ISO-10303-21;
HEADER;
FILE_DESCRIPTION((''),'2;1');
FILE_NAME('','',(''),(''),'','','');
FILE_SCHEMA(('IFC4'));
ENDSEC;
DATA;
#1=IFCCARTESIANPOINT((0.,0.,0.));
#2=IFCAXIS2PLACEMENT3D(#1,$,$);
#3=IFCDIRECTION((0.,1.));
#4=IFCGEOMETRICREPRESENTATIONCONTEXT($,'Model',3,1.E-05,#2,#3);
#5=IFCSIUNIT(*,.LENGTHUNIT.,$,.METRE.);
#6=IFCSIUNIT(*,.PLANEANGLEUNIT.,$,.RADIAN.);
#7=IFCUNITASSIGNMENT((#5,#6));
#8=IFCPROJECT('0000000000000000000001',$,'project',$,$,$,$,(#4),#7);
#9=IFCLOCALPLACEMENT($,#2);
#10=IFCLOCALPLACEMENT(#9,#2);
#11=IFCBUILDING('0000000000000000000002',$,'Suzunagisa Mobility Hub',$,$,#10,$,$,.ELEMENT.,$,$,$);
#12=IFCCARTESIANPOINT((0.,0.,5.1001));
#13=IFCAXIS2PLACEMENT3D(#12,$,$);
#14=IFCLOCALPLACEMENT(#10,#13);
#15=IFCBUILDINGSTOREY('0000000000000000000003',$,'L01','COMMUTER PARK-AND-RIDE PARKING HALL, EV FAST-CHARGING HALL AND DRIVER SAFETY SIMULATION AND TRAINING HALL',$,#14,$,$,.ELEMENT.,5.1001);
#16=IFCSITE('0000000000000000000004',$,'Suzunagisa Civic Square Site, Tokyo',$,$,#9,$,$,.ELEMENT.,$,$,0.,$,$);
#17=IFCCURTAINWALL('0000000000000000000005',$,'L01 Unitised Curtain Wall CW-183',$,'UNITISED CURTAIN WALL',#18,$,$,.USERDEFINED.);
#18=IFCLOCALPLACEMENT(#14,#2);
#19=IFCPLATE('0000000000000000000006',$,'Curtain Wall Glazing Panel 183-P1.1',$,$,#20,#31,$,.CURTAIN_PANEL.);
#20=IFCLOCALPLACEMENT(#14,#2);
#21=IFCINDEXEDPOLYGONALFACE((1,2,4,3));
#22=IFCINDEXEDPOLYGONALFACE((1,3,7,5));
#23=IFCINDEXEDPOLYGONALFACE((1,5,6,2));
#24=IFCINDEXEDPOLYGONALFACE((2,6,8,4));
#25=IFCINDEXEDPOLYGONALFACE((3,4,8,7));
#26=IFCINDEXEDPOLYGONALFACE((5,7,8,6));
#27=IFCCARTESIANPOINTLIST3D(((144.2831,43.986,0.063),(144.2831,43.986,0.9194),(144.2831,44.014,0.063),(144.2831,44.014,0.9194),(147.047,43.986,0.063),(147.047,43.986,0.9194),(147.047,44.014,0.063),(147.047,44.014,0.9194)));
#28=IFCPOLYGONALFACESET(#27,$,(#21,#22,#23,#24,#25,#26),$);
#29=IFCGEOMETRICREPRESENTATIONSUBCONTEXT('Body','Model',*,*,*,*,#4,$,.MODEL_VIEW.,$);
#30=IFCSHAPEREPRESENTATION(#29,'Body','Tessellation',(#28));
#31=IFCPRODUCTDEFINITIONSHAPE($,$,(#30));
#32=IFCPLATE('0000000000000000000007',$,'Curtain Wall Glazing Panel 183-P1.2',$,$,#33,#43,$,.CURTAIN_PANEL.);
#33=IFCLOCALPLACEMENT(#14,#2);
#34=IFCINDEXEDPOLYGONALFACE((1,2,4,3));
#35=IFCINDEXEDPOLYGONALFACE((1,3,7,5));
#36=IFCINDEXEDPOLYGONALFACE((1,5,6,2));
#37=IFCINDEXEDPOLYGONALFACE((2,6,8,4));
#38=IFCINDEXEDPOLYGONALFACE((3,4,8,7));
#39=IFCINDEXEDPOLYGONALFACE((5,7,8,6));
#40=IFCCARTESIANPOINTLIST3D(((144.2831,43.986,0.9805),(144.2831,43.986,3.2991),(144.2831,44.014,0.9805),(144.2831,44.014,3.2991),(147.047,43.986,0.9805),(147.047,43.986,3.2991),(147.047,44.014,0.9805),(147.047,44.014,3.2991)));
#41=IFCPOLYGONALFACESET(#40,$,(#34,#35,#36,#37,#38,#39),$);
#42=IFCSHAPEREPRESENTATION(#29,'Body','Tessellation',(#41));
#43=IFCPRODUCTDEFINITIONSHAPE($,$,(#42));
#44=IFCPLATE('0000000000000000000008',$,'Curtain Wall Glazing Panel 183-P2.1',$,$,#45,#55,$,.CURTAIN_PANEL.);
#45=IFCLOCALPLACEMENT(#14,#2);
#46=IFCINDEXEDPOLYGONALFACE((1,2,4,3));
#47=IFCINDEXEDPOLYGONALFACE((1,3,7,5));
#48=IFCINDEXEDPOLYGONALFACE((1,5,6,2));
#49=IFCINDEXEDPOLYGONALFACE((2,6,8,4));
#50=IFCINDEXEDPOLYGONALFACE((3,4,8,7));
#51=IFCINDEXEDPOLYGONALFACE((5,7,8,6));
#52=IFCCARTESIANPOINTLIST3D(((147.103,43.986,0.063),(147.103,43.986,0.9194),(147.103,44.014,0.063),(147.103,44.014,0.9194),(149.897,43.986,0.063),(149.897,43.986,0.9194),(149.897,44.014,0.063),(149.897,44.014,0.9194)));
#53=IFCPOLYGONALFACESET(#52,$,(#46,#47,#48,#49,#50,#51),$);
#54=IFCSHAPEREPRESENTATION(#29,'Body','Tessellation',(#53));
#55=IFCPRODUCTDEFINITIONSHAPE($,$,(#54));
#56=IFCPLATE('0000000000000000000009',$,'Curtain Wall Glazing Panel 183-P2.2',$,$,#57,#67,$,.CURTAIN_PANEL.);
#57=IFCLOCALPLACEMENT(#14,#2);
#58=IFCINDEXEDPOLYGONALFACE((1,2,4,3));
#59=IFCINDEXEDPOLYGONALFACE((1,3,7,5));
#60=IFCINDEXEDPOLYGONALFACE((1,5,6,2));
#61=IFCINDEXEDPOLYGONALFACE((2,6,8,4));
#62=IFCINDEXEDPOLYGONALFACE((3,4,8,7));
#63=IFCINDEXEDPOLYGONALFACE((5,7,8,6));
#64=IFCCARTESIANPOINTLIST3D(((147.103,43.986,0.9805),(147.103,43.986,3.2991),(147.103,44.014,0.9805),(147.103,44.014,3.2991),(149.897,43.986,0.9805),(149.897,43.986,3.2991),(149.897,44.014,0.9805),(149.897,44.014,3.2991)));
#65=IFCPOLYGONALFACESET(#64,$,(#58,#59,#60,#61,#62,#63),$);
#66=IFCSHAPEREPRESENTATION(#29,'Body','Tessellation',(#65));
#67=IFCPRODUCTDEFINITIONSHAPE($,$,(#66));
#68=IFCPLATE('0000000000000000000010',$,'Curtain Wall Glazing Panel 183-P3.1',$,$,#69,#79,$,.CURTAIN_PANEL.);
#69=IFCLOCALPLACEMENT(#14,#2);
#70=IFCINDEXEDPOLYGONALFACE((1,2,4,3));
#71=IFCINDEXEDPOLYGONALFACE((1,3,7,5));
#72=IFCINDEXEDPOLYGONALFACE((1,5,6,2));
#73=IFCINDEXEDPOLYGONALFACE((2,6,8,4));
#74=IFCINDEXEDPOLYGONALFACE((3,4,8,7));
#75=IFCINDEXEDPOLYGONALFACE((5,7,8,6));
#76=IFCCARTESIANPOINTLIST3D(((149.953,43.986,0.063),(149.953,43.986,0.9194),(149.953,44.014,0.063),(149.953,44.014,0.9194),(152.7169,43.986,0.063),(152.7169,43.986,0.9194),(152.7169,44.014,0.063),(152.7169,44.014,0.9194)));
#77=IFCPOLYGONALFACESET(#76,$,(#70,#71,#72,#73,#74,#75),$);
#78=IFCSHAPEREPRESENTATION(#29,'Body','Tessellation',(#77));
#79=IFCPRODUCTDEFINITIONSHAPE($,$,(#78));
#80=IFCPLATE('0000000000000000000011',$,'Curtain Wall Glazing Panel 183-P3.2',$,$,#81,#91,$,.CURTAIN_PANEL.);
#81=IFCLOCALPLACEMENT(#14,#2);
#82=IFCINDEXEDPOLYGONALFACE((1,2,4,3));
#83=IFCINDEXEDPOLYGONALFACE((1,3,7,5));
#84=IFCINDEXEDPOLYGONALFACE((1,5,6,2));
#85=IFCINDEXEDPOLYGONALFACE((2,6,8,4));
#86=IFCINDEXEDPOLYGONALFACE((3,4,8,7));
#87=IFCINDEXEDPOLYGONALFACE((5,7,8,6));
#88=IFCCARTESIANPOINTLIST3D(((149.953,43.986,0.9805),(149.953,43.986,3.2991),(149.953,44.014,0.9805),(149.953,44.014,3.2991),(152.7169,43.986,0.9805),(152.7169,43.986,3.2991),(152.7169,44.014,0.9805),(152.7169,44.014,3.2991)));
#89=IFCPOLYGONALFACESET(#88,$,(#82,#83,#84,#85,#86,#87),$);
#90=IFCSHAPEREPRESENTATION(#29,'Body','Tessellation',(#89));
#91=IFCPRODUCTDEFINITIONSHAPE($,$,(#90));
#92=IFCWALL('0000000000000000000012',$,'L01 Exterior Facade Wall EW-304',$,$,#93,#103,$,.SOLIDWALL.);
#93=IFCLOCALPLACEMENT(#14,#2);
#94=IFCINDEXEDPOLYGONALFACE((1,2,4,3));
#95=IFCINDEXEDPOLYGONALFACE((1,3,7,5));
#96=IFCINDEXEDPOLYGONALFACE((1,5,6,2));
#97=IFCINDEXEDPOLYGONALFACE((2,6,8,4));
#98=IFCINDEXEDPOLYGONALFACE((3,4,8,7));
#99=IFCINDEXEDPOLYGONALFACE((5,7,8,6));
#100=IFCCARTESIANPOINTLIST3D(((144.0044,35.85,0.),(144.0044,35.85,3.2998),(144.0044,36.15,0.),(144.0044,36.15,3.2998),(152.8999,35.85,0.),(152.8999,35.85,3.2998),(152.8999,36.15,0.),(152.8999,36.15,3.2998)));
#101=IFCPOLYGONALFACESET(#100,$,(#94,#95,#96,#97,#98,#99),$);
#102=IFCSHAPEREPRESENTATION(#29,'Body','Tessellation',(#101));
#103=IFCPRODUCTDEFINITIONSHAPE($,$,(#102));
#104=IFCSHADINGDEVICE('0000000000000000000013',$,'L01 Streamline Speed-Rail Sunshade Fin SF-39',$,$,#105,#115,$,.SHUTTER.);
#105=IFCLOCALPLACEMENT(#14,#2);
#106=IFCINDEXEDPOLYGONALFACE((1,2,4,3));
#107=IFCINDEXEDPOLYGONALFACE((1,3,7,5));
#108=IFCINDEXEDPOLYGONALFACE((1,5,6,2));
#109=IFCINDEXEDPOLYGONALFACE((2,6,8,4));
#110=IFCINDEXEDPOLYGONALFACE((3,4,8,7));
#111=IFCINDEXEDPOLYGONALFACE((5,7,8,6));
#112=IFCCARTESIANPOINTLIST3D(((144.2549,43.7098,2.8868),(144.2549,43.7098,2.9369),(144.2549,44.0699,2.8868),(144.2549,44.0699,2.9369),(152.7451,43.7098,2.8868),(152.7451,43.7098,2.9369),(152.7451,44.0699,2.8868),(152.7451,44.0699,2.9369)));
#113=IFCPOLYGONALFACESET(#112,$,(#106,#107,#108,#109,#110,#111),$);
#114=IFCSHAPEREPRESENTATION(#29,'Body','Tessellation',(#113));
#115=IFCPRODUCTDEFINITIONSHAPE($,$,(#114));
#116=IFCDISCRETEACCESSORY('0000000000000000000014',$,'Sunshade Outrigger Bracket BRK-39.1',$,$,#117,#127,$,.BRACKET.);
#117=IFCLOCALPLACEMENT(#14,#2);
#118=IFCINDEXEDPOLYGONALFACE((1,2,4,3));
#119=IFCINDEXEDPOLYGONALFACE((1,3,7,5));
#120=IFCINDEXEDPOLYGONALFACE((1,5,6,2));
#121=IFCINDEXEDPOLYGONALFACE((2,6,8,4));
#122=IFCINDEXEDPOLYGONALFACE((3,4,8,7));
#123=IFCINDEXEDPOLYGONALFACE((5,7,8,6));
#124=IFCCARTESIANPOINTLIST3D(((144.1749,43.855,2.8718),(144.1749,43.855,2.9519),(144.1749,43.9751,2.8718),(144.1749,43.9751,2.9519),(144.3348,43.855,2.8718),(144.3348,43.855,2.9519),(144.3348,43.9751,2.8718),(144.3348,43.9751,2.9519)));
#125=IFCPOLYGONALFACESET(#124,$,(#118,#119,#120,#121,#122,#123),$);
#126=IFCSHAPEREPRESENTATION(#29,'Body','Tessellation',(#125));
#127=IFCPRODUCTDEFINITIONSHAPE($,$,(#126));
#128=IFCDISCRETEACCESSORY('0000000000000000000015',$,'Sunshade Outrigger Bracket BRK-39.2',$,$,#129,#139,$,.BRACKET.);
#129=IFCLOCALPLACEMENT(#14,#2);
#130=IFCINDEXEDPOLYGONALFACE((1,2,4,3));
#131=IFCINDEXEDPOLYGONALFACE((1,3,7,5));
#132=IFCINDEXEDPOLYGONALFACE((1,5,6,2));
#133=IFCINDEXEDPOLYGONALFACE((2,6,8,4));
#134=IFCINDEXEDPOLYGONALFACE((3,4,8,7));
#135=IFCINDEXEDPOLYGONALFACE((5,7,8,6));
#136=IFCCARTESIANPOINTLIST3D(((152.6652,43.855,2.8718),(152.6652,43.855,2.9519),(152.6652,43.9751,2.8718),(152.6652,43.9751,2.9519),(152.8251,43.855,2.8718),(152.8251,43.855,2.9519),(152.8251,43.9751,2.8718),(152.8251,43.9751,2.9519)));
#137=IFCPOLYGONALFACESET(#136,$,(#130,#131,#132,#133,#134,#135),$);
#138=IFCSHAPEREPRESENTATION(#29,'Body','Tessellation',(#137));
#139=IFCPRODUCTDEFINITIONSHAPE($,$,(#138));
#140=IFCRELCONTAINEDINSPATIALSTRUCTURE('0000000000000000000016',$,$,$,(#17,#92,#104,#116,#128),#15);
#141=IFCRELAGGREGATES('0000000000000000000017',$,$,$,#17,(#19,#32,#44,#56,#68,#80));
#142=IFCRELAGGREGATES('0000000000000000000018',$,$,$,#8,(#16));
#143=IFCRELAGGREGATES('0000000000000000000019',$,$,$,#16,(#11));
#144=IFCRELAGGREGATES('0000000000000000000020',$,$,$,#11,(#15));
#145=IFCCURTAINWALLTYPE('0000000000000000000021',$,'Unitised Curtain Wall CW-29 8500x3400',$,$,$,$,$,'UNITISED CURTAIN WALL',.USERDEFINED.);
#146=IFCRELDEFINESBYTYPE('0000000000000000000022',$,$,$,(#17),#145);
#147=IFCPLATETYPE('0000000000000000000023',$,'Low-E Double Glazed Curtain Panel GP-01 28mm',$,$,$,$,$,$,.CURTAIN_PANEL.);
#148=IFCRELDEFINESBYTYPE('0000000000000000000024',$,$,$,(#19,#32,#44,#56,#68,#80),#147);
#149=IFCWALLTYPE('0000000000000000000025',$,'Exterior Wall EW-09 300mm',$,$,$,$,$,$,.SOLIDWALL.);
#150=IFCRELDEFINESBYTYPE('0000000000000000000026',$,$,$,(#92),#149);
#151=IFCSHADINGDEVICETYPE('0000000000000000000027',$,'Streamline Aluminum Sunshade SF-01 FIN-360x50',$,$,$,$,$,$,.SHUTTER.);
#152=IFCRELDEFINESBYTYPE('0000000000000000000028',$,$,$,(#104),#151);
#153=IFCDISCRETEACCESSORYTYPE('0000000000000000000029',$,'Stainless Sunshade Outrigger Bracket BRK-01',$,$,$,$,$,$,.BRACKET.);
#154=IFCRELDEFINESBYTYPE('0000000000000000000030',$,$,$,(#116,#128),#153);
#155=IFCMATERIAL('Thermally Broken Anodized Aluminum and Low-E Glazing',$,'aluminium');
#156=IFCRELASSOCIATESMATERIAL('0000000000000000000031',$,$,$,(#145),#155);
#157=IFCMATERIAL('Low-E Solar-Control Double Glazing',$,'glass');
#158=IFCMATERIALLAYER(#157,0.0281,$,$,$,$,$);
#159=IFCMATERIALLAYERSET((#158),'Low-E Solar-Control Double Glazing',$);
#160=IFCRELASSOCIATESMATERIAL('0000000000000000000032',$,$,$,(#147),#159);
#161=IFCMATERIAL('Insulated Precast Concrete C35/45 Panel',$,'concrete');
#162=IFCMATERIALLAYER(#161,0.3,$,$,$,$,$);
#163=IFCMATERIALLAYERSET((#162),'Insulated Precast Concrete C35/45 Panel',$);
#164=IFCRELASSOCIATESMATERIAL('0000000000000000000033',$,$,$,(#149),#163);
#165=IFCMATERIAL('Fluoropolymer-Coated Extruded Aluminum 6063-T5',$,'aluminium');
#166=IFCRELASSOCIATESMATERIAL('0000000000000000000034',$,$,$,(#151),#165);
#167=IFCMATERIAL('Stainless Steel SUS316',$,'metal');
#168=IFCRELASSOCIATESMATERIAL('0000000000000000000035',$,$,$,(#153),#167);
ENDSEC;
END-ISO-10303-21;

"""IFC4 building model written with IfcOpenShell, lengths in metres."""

from ifc_helpers import new_model, si_unit, direction, frame, frame_2d, origin, origin_2d, place, context, subcontext, project, spatial, rectangle, extrude, material, layer, layer_set, material_profile, profile_set, type_object, element, aggregate, save


model = new_model("IFC4")

# Units and contexts
model_context = context("Model", 3, precision=1e-05, world=origin(), true_north=direction((0.0, 1.0)))
body_context = subcontext(model_context, "Body", "Model", "MODEL_VIEW")
ifc_project = project(units=[si_unit("LENGTHUNIT", "METRE"), si_unit("PLANEANGLEUNIT", "RADIAN")], contexts=[model_context])

# Site, building, storey
site_placement = place(None, origin())
site = spatial("IfcSite", under=ifc_project, at=site_placement, Name="Suzunagisa Civic Square Site, Tokyo", CompositionType="ELEMENT", RefElevation=0.0)
building_placement = place(site_placement, origin())
building = spatial("IfcBuilding", under=site, at=building_placement, Name="Suzunagisa Mobility Hub", CompositionType="ELEMENT")
storey_placement = place(building_placement, frame((0.0, 0.0, 5.1001)))
storey = spatial("IfcBuildingStorey", under=building, at=storey_placement, Name="L01", Description="COMMUTER PARK-AND-RIDE PARKING HALL, EV FAST-CHARGING HALL AND DRIVER SAFETY SIMULATION AND TRAINING HALL", CompositionType="ELEMENT", Elevation=5.1001)

# Curtain wall
ifc_material_1 = material(Name="Thermally Broken Anodized Aluminum and Low-E Glazing", Category="aluminium")
curtain_wall_type = type_object("IfcCurtainWallType", Name="Unitised Curtain Wall CW-29 8500x3400", ElementType="UNITISED CURTAIN WALL", PredefinedType="USERDEFINED", material=ifc_material_1)
curtain_wall_placement = place(storey_placement, origin())
curtain_wall = element("IfcCurtainWall", 1, at=curtain_wall_placement, inside=storey, type_object=curtain_wall_type, Name="L01 Unitised Curtain Wall CW-183", ObjectType="UNITISED CURTAIN WALL", PredefinedType="USERDEFINED")

# Plates
ifc_material_2 = material(Name="Low-E Solar-Control Double Glazing", Category="glass")
ifc_layer_1 = layer(ifc_material_2, 0.0281)
ifc_layer_set_1 = layer_set([ifc_layer_1], Name="Low-E Solar-Control Double Glazing")
plate_type = type_object("IfcPlateType", Name="Low-E Double Glazed Curtain Panel GP-01 28mm", PredefinedType="CURTAIN_PANEL", material=ifc_layer_set_1)
plate_1_placement = place(storey_placement, frame((145.665, 44.0, 0.063), z_axis=(0.0, 0.0, 1.0), x_axis=(1.0, 0.0, 0.0)))
plate_1 = element("IfcPlate", 2, at=plate_1_placement, type_object=plate_type, Name="Curtain Wall Glazing Panel 183-P1.1", PredefinedType="CURTAIN_PANEL", context=body_context, shape_type="SweptSolid", body=[
    extrude(rectangle(XDim=2.7639, YDim=0.0281, at=origin_2d()), origin(), (0.0, 0.0, 1.0), 0.8564),
])
plate_2_placement = place(storey_placement, frame((145.665, 44.0, 0.9805), z_axis=(0.0, 0.0, 1.0), x_axis=(1.0, 0.0, 0.0)))
plate_2 = element("IfcPlate", 3, at=plate_2_placement, type_object=plate_type, Name="Curtain Wall Glazing Panel 183-P1.2", PredefinedType="CURTAIN_PANEL", context=body_context, shape_type="SweptSolid", body=[
    extrude(rectangle(XDim=2.7639, YDim=0.0281, at=origin_2d()), origin(), (0.0, 0.0, 1.0), 2.3186),
])
plate_3_placement = place(storey_placement, frame((148.5, 44.0, 0.063), z_axis=(0.0, 0.0, 1.0), x_axis=(1.0, 0.0, 0.0)))
plate_3 = element("IfcPlate", 4, at=plate_3_placement, type_object=plate_type, Name="Curtain Wall Glazing Panel 183-P2.1", PredefinedType="CURTAIN_PANEL", context=body_context, shape_type="SweptSolid", body=[
    extrude(rectangle(XDim=2.7939, YDim=0.0281, at=origin_2d()), origin(), (0.0, 0.0, 1.0), 0.8564),
])
plate_4_placement = place(storey_placement, frame((148.5, 44.0, 0.9805), z_axis=(0.0, 0.0, 1.0), x_axis=(1.0, 0.0, 0.0)))
plate_4 = element("IfcPlate", 5, at=plate_4_placement, type_object=plate_type, Name="Curtain Wall Glazing Panel 183-P2.2", PredefinedType="CURTAIN_PANEL", context=body_context, shape_type="SweptSolid", body=[
    extrude(rectangle(XDim=2.7939, YDim=0.0281, at=origin_2d()), origin(), (0.0, 0.0, 1.0), 2.3186),
])
plate_5_placement = place(storey_placement, frame((151.335, 44.0, 0.063), z_axis=(0.0, 0.0, 1.0), x_axis=(1.0, 0.0, 0.0)))
plate_5 = element("IfcPlate", 6, at=plate_5_placement, type_object=plate_type, Name="Curtain Wall Glazing Panel 183-P3.1", PredefinedType="CURTAIN_PANEL", context=body_context, shape_type="SweptSolid", body=[
    extrude(rectangle(XDim=2.7639, YDim=0.0281, at=origin_2d()), origin(), (0.0, 0.0, 1.0), 0.8564),
])
plate_6_placement = place(storey_placement, frame((151.335, 44.0, 0.9805), z_axis=(0.0, 0.0, 1.0), x_axis=(1.0, 0.0, 0.0)))
plate_6 = element("IfcPlate", 7, at=plate_6_placement, type_object=plate_type, Name="Curtain Wall Glazing Panel 183-P3.2", PredefinedType="CURTAIN_PANEL", context=body_context, shape_type="SweptSolid", body=[
    extrude(rectangle(XDim=2.7639, YDim=0.0281, at=origin_2d()), origin(), (0.0, 0.0, 1.0), 2.3186),
])
aggregate(curtain_wall, [plate_1, plate_2, plate_3, plate_4, plate_5, plate_6])

# Wall
ifc_material_3 = material(Name="Insulated Precast Concrete C35/45 Panel", Category="concrete")
ifc_layer_2 = layer(ifc_material_3, 0.3)
ifc_layer_set_2 = layer_set([ifc_layer_2], Name="Insulated Precast Concrete C35/45 Panel")
wall_type = type_object("IfcWallType", Name="Exterior Wall EW-09 300mm", PredefinedType="SOLIDWALL", material=ifc_layer_set_2)
wall_placement = place(storey_placement, frame((152.8999, 36.0, 0.0), z_axis=(0.0, 0.0, 1.0), x_axis=(-1.0, 0.0, 0.0)))
element("IfcWall", 8, at=wall_placement, inside=storey, type_object=wall_type, Name="L01 Exterior Facade Wall EW-304", PredefinedType="SOLIDWALL", context=body_context, shape_type="SweptSolid", body=[
    extrude(rectangle(XDim=8.8955, YDim=0.3, at=frame_2d((4.4478, 0.0))), origin(), (0.0, 0.0, 1.0), 3.2998),
])

# Shading device
ifc_material_4 = material(Name="Fluoropolymer-Coated Extruded Aluminum 6063-T5", Category="aluminium")
ifc_material_profile_1 = material_profile(ifc_material_4, rectangle(XDim=0.3601, YDim=0.05, at=origin_2d()), Name="FIN-360x50")
ifc_profile_set_1 = profile_set([ifc_material_profile_1], Name="Fluoropolymer-Coated Extruded Aluminum 6063-T5")
shading_device_type = type_object("IfcShadingDeviceType", Name="Streamline Aluminum Sunshade SF-01 FIN-360x50", PredefinedType="SHUTTER", material=ifc_profile_set_1)
shading_device_placement = place(storey_placement, frame((144.2549, 43.8899, 2.9119), z_axis=(1.0, 0.0, 0.0), x_axis=(0.0, 1.0, 0.0)))
element("IfcShadingDevice", 9, at=shading_device_placement, inside=storey, type_object=shading_device_type, Name="L01 Streamline Speed-Rail Sunshade Fin SF-39", PredefinedType="SHUTTER", context=body_context, shape_type="SweptSolid", body=[
    extrude(rectangle(XDim=0.3601, YDim=0.05, at=origin_2d()), origin(), (0.0, 0.0, 1.0), 8.4902),
])

# Discrete accessories
ifc_material_5 = material(Name="Stainless Steel SUS316", Category="metal")
discrete_accessory_type = type_object("IfcDiscreteAccessoryType", Name="Stainless Sunshade Outrigger Bracket BRK-01", PredefinedType="BRACKET", material=ifc_material_5)
for number, where, z_axis, x_axis, name in (
    (10, (144.2549, 43.915, 2.8718), (0.0, 0.0, 1.0), (1.0, 0.0, 0.0), "Sunshade Outrigger Bracket BRK-39.1"),
    (11, (152.7451, 43.915, 2.8718), (0.0, 0.0, 1.0), (1.0, 0.0, 0.0), "Sunshade Outrigger Bracket BRK-39.2"),
):
    element("IfcDiscreteAccessory", number, at=place(storey_placement, frame(where, z_axis=z_axis, x_axis=x_axis)), inside=storey, type_object=discrete_accessory_type, Name=name, PredefinedType="BRACKET", context=body_context, shape_type="SweptSolid", body=[
        extrude(rectangle(XDim=0.1599, YDim=0.1201, at=origin_2d()), origin(), (0.0, 0.0, 1.0), 0.0801),
    ])

save(model, "model.ifc")
